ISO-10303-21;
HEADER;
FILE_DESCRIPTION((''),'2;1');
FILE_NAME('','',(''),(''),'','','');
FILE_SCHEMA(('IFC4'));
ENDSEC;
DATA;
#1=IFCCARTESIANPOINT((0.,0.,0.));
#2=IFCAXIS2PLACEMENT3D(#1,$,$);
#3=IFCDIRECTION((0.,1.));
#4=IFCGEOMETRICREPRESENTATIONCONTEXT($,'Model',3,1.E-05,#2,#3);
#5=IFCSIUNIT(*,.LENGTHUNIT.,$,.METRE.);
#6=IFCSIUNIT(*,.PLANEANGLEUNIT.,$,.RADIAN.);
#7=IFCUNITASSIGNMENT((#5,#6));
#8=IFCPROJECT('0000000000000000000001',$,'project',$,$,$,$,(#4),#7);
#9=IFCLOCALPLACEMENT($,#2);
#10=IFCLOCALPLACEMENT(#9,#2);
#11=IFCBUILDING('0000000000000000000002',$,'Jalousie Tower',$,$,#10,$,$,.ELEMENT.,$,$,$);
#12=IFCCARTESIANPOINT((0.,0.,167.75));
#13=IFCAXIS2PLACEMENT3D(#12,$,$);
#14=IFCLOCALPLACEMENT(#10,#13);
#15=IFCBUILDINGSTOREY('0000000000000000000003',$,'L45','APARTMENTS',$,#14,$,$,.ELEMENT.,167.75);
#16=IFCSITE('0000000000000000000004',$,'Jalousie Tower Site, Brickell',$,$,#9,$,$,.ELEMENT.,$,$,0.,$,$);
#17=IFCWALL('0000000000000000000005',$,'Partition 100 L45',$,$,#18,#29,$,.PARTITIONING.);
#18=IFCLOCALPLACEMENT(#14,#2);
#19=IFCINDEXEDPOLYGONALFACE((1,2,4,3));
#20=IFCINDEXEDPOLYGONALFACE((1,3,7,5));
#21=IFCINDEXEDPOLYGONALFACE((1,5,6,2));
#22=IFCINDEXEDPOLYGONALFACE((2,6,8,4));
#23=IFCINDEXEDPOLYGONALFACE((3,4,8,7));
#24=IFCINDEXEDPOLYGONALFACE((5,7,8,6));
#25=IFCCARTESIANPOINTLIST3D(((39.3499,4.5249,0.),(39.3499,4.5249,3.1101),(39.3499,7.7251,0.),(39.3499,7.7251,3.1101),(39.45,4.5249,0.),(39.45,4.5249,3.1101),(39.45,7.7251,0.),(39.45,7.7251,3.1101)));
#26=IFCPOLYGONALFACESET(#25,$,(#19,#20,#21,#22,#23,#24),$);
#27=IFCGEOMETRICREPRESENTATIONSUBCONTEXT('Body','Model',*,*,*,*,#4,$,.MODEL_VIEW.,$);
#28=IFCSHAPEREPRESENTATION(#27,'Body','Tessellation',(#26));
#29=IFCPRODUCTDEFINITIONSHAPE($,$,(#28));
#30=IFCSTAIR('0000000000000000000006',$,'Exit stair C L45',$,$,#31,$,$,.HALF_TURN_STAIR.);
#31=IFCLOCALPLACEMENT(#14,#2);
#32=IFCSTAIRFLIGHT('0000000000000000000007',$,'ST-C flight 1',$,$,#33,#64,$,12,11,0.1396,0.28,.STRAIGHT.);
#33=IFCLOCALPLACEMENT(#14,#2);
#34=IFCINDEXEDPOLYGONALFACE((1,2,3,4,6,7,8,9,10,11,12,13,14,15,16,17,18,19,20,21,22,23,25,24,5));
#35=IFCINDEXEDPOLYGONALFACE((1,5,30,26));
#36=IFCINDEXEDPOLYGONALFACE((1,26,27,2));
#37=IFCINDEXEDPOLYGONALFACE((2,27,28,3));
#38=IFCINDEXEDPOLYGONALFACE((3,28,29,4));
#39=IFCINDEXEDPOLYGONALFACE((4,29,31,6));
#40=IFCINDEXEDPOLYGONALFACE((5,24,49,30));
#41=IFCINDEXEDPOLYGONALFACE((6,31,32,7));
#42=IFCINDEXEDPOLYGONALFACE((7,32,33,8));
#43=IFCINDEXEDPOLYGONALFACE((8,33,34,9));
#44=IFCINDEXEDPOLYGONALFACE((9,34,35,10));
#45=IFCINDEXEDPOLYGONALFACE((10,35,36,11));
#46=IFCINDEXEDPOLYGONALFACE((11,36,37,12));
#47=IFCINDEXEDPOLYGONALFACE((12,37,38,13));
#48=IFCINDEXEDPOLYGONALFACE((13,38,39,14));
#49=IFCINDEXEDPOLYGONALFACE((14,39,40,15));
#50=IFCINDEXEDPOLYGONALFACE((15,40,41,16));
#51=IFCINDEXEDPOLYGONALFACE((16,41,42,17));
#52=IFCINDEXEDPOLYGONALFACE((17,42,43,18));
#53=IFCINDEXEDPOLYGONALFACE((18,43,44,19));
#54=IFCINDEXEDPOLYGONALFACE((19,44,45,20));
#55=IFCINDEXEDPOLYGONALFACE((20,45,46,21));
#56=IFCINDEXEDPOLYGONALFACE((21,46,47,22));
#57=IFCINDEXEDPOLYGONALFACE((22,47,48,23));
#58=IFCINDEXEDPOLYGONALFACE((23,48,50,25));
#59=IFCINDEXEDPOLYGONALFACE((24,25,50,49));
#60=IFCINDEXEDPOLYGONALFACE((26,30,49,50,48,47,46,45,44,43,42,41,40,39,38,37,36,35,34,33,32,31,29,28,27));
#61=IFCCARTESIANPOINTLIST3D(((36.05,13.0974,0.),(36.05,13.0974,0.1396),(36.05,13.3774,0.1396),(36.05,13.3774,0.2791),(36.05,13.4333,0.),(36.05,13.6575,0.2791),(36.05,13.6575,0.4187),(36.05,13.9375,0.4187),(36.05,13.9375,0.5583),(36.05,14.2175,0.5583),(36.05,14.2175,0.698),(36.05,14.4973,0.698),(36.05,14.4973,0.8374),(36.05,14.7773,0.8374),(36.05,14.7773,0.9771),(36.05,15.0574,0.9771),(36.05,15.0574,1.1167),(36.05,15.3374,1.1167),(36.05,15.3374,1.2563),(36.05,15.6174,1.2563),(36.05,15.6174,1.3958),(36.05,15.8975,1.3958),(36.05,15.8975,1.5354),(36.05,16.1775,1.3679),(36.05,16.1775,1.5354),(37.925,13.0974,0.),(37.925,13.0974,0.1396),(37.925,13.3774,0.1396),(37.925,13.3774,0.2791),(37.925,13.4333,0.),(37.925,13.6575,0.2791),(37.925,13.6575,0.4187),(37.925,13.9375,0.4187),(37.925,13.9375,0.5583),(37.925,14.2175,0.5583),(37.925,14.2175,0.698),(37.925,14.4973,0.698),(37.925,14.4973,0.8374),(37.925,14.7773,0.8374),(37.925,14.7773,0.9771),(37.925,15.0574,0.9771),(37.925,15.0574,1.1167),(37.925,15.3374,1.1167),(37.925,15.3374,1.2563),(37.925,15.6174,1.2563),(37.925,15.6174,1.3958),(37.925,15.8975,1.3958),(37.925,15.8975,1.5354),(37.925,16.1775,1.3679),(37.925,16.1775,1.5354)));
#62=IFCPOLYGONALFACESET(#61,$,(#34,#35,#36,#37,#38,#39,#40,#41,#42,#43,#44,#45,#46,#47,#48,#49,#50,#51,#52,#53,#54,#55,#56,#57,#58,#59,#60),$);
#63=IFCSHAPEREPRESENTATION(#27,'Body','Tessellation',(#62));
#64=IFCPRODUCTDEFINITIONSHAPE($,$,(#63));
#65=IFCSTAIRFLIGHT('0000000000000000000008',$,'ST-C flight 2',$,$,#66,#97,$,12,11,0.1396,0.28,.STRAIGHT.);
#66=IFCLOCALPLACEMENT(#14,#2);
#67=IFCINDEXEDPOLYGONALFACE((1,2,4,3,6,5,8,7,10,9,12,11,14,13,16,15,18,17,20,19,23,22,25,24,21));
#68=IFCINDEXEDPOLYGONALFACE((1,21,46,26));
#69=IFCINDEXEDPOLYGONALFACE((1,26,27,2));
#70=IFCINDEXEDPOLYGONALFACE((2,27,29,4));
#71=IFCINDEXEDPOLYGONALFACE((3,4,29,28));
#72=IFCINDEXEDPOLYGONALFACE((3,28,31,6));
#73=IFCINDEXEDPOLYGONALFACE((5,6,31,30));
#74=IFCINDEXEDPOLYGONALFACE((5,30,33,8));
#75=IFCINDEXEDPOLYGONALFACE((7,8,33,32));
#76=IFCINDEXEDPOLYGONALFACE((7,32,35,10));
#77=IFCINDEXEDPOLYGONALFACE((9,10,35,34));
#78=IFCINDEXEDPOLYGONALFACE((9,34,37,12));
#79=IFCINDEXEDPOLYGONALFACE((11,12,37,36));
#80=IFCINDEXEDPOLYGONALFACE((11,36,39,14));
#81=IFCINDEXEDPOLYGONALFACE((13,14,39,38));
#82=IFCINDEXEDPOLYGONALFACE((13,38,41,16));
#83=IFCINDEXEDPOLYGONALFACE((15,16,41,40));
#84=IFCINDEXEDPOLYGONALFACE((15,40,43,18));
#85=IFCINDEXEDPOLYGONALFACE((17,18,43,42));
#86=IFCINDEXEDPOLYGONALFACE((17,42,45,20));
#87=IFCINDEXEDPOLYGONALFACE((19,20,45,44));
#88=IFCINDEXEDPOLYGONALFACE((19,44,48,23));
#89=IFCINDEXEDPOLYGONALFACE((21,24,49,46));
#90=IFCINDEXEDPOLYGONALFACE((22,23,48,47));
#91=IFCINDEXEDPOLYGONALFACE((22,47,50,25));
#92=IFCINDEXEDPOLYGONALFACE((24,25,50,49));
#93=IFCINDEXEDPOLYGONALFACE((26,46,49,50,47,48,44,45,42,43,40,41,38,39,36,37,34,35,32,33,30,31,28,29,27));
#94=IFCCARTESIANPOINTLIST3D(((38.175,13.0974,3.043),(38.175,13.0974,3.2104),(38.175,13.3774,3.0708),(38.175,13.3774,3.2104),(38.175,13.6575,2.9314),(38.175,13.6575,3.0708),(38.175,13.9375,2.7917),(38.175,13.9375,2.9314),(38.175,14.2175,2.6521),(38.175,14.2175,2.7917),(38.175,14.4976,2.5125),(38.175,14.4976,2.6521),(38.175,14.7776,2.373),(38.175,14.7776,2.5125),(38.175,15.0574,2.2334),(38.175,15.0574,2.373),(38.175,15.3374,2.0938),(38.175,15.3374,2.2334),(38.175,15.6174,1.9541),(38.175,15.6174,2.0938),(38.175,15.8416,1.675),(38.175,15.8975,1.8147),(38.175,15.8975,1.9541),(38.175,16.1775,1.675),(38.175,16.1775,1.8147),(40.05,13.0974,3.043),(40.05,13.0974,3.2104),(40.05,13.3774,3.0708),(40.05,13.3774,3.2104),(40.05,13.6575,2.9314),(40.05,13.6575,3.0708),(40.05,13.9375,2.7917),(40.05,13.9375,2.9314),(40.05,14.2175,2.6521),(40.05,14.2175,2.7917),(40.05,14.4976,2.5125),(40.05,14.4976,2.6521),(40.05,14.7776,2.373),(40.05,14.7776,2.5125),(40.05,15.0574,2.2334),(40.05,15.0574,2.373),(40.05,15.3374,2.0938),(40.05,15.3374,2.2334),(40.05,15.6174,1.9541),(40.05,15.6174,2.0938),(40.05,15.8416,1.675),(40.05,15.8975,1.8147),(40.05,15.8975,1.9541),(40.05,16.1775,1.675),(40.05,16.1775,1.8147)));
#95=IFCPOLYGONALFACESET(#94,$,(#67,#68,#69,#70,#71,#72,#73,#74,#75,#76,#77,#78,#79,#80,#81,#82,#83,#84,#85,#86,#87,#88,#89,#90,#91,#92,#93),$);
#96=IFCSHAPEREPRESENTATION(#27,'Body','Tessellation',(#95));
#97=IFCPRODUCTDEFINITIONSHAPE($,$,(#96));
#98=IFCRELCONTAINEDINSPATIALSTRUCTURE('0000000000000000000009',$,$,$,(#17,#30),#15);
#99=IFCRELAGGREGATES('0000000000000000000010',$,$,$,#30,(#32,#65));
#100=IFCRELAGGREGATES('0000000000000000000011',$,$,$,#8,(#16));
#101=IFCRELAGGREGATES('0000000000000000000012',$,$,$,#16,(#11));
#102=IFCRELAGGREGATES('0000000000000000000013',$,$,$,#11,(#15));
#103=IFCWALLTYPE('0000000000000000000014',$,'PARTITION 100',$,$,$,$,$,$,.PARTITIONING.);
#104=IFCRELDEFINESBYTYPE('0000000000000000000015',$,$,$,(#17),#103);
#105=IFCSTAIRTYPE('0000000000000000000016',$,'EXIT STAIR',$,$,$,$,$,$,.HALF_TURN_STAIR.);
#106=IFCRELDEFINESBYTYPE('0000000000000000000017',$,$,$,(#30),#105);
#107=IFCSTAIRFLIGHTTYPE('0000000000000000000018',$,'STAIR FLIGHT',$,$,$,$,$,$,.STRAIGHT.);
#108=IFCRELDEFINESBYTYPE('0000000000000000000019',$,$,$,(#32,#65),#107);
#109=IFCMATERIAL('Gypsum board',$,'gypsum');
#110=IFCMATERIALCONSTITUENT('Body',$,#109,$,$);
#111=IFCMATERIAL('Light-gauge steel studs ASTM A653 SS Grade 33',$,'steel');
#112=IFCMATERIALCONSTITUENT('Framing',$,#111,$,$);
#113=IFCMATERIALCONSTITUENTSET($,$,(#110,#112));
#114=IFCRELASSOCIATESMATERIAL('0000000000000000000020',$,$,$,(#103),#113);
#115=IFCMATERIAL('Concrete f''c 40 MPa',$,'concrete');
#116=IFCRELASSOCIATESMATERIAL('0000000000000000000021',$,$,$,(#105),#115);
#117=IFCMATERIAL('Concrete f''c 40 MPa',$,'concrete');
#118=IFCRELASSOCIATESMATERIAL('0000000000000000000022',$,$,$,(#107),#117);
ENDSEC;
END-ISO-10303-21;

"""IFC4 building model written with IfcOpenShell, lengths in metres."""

from ifc_helpers import new_model, si_unit, direction, frame, frame_2d, origin, place, context, subcontext, project, spatial, polyline, rectangle, outline, extrude, material, constituent, constituent_set, type_object, element, aggregate, save


model = new_model("IFC4")

# Units and contexts
model_context = context("Model", 3, precision=1e-05, world=origin(), true_north=direction((0.0, 1.0)))
body_context = subcontext(model_context, "Body", "Model", "MODEL_VIEW")
ifc_project = project(units=[si_unit("LENGTHUNIT", "METRE"), si_unit("PLANEANGLEUNIT", "RADIAN")], contexts=[model_context])

# Site, building, storey
site_placement = place(None, origin())
site = spatial("IfcSite", under=ifc_project, at=site_placement, Name="Jalousie Tower Site, Brickell", CompositionType="ELEMENT", RefElevation=0.0)
building_placement = place(site_placement, origin())
building = spatial("IfcBuilding", under=site, at=building_placement, Name="Jalousie Tower", CompositionType="ELEMENT")
storey_placement = place(building_placement, frame((0.0, 0.0, 167.75)))
storey = spatial("IfcBuildingStorey", under=building, at=storey_placement, Name="L45", Description="APARTMENTS", CompositionType="ELEMENT", Elevation=167.75)

# Wall
ifc_material_1 = material(Name="Gypsum board", Category="gypsum")
ifc_constituent_1 = constituent(ifc_material_1, Name="Body")
ifc_material_2 = material(Name="Light-gauge steel studs ASTM A653 SS Grade 33", Category="steel")
ifc_constituent_2 = constituent(ifc_material_2, Name="Framing")
ifc_constituent_set_1 = constituent_set(constituents=[ifc_constituent_1, ifc_constituent_2])
wall_type_1 = type_object("IfcWallType", Name="PARTITION 100", PredefinedType="PARTITIONING", material=ifc_constituent_set_1)
wall_1_placement = place(storey_placement, frame((39.3999, 7.7251, 0.0), z_axis=(0.0, 0.0, 1.0), x_axis=(0.0, -1.0, 0.0)))
element("IfcWall", 1, at=wall_1_placement, inside=storey, type_object=wall_type_1, Name="Partition 100 L45", PredefinedType="PARTITIONING", context=body_context, shape_type="SweptSolid", body=[
    extrude(rectangle(XDim=3.2002, YDim=0.1001, at=frame_2d((1.6001, 0.0))), origin(), (0.0, 0.0, 1.0), 3.1101),
])

# Stair, stair flights
ifc_material_3 = material(Name="Concrete f'c 40 MPa", Category="concrete")
stair_type = type_object("IfcStairType", Name="EXIT STAIR", PredefinedType="HALF_TURN_STAIR", material=ifc_material_3)
stair_placement = place(storey_placement, origin())
stair = element("IfcStair", 2, at=stair_placement, inside=storey, type_object=stair_type, Name="Exit stair C L45", PredefinedType="HALF_TURN_STAIR")
ifc_material_4 = material(Name="Concrete f'c 40 MPa", Category="concrete")
stair_flight_type = type_object("IfcStairFlightType", Name="STAIR FLIGHT", PredefinedType="STRAIGHT", material=ifc_material_4)
stair_flight_1_placement = place(storey_placement, frame((36.9875, 13.0974, 0.0), z_axis=(0.0, 0.0, 1.0), x_axis=(0.0, 1.0, 0.0)))
stair_flight_1 = element("IfcStairFlight", 3, at=stair_flight_1_placement, type_object=stair_flight_type, Name="ST-C flight 1", NumberOfRisers=12, NumberOfTreads=11, PredefinedType="STRAIGHT", RiserHeight=0.1396, TreadLength=0.28, context=body_context, shape_type="SweptSolid", body=[
    extrude(outline(polyline([(0.0, 0.0), (0.0, 0.1396), (0.28, 0.1396), (0.28, 0.2791), (0.5601, 0.2791), (0.5601, 0.4187), (0.8401, 0.4187), (0.8401, 0.5583), (1.1201, 0.5583), (1.1201, 0.698), (1.3999, 0.698), (1.3999, 0.8374), (1.6799, 0.8374), (1.6799, 0.9771), (1.96, 0.9771), (1.96, 1.1167), (2.24, 1.1167), (2.24, 1.2563), (2.52, 1.2563), (2.52, 1.3958), (2.8, 1.3958), (2.8, 1.5354), (3.0801, 1.5354), (3.0801, 1.675), (3.0801, 1.3679), (0.3359, 0.0), (0.0, 0.0)])), frame((0.0, 0.9375, 0.0), z_axis=(0.0, -1.0, 0.0), x_axis=(1.0, 0.0, 0.0)), (0.0, 0.0, 1.0), 1.875),
])
stair_flight_2_placement = place(storey_placement, frame((39.1125, 16.1775, 1.675), z_axis=(0.0, 0.0, 1.0), x_axis=(0.0, -1.0, 0.0)))
stair_flight_2 = element("IfcStairFlight", 4, at=stair_flight_2_placement, type_object=stair_flight_type, Name="ST-C flight 2", NumberOfRisers=12, NumberOfTreads=11, PredefinedType="STRAIGHT", RiserHeight=0.1396, TreadLength=0.28, context=body_context, shape_type="SweptSolid", body=[
    extrude(outline(polyline([(0.0, 0.0), (0.0, 0.1396), (0.28, 0.1396), (0.28, 0.2791), (0.5601, 0.2791), (0.5601, 0.4187), (0.8401, 0.4187), (0.8401, 0.5583), (1.1201, 0.5583), (1.1201, 0.698), (1.3999, 0.698), (1.3999, 0.8374), (1.6799, 0.8374), (1.6799, 0.9771), (1.96, 0.9771), (1.96, 1.1167), (2.24, 1.1167), (2.24, 1.2563), (2.52, 1.2563), (2.52, 1.3958), (2.8, 1.3958), (2.8, 1.5354), (3.0801, 1.5354), (3.0801, 1.675), (3.0801, 1.3679), (0.3359, 0.0), (0.0, 0.0)])), frame((0.0, 0.9375, 0.0), z_axis=(0.0, -1.0, 0.0), x_axis=(1.0, 0.0, 0.0)), (0.0, 0.0, 1.0), 1.875),
])
aggregate(stair, [stair_flight_1, stair_flight_2])

save(model, "model.ifc")
